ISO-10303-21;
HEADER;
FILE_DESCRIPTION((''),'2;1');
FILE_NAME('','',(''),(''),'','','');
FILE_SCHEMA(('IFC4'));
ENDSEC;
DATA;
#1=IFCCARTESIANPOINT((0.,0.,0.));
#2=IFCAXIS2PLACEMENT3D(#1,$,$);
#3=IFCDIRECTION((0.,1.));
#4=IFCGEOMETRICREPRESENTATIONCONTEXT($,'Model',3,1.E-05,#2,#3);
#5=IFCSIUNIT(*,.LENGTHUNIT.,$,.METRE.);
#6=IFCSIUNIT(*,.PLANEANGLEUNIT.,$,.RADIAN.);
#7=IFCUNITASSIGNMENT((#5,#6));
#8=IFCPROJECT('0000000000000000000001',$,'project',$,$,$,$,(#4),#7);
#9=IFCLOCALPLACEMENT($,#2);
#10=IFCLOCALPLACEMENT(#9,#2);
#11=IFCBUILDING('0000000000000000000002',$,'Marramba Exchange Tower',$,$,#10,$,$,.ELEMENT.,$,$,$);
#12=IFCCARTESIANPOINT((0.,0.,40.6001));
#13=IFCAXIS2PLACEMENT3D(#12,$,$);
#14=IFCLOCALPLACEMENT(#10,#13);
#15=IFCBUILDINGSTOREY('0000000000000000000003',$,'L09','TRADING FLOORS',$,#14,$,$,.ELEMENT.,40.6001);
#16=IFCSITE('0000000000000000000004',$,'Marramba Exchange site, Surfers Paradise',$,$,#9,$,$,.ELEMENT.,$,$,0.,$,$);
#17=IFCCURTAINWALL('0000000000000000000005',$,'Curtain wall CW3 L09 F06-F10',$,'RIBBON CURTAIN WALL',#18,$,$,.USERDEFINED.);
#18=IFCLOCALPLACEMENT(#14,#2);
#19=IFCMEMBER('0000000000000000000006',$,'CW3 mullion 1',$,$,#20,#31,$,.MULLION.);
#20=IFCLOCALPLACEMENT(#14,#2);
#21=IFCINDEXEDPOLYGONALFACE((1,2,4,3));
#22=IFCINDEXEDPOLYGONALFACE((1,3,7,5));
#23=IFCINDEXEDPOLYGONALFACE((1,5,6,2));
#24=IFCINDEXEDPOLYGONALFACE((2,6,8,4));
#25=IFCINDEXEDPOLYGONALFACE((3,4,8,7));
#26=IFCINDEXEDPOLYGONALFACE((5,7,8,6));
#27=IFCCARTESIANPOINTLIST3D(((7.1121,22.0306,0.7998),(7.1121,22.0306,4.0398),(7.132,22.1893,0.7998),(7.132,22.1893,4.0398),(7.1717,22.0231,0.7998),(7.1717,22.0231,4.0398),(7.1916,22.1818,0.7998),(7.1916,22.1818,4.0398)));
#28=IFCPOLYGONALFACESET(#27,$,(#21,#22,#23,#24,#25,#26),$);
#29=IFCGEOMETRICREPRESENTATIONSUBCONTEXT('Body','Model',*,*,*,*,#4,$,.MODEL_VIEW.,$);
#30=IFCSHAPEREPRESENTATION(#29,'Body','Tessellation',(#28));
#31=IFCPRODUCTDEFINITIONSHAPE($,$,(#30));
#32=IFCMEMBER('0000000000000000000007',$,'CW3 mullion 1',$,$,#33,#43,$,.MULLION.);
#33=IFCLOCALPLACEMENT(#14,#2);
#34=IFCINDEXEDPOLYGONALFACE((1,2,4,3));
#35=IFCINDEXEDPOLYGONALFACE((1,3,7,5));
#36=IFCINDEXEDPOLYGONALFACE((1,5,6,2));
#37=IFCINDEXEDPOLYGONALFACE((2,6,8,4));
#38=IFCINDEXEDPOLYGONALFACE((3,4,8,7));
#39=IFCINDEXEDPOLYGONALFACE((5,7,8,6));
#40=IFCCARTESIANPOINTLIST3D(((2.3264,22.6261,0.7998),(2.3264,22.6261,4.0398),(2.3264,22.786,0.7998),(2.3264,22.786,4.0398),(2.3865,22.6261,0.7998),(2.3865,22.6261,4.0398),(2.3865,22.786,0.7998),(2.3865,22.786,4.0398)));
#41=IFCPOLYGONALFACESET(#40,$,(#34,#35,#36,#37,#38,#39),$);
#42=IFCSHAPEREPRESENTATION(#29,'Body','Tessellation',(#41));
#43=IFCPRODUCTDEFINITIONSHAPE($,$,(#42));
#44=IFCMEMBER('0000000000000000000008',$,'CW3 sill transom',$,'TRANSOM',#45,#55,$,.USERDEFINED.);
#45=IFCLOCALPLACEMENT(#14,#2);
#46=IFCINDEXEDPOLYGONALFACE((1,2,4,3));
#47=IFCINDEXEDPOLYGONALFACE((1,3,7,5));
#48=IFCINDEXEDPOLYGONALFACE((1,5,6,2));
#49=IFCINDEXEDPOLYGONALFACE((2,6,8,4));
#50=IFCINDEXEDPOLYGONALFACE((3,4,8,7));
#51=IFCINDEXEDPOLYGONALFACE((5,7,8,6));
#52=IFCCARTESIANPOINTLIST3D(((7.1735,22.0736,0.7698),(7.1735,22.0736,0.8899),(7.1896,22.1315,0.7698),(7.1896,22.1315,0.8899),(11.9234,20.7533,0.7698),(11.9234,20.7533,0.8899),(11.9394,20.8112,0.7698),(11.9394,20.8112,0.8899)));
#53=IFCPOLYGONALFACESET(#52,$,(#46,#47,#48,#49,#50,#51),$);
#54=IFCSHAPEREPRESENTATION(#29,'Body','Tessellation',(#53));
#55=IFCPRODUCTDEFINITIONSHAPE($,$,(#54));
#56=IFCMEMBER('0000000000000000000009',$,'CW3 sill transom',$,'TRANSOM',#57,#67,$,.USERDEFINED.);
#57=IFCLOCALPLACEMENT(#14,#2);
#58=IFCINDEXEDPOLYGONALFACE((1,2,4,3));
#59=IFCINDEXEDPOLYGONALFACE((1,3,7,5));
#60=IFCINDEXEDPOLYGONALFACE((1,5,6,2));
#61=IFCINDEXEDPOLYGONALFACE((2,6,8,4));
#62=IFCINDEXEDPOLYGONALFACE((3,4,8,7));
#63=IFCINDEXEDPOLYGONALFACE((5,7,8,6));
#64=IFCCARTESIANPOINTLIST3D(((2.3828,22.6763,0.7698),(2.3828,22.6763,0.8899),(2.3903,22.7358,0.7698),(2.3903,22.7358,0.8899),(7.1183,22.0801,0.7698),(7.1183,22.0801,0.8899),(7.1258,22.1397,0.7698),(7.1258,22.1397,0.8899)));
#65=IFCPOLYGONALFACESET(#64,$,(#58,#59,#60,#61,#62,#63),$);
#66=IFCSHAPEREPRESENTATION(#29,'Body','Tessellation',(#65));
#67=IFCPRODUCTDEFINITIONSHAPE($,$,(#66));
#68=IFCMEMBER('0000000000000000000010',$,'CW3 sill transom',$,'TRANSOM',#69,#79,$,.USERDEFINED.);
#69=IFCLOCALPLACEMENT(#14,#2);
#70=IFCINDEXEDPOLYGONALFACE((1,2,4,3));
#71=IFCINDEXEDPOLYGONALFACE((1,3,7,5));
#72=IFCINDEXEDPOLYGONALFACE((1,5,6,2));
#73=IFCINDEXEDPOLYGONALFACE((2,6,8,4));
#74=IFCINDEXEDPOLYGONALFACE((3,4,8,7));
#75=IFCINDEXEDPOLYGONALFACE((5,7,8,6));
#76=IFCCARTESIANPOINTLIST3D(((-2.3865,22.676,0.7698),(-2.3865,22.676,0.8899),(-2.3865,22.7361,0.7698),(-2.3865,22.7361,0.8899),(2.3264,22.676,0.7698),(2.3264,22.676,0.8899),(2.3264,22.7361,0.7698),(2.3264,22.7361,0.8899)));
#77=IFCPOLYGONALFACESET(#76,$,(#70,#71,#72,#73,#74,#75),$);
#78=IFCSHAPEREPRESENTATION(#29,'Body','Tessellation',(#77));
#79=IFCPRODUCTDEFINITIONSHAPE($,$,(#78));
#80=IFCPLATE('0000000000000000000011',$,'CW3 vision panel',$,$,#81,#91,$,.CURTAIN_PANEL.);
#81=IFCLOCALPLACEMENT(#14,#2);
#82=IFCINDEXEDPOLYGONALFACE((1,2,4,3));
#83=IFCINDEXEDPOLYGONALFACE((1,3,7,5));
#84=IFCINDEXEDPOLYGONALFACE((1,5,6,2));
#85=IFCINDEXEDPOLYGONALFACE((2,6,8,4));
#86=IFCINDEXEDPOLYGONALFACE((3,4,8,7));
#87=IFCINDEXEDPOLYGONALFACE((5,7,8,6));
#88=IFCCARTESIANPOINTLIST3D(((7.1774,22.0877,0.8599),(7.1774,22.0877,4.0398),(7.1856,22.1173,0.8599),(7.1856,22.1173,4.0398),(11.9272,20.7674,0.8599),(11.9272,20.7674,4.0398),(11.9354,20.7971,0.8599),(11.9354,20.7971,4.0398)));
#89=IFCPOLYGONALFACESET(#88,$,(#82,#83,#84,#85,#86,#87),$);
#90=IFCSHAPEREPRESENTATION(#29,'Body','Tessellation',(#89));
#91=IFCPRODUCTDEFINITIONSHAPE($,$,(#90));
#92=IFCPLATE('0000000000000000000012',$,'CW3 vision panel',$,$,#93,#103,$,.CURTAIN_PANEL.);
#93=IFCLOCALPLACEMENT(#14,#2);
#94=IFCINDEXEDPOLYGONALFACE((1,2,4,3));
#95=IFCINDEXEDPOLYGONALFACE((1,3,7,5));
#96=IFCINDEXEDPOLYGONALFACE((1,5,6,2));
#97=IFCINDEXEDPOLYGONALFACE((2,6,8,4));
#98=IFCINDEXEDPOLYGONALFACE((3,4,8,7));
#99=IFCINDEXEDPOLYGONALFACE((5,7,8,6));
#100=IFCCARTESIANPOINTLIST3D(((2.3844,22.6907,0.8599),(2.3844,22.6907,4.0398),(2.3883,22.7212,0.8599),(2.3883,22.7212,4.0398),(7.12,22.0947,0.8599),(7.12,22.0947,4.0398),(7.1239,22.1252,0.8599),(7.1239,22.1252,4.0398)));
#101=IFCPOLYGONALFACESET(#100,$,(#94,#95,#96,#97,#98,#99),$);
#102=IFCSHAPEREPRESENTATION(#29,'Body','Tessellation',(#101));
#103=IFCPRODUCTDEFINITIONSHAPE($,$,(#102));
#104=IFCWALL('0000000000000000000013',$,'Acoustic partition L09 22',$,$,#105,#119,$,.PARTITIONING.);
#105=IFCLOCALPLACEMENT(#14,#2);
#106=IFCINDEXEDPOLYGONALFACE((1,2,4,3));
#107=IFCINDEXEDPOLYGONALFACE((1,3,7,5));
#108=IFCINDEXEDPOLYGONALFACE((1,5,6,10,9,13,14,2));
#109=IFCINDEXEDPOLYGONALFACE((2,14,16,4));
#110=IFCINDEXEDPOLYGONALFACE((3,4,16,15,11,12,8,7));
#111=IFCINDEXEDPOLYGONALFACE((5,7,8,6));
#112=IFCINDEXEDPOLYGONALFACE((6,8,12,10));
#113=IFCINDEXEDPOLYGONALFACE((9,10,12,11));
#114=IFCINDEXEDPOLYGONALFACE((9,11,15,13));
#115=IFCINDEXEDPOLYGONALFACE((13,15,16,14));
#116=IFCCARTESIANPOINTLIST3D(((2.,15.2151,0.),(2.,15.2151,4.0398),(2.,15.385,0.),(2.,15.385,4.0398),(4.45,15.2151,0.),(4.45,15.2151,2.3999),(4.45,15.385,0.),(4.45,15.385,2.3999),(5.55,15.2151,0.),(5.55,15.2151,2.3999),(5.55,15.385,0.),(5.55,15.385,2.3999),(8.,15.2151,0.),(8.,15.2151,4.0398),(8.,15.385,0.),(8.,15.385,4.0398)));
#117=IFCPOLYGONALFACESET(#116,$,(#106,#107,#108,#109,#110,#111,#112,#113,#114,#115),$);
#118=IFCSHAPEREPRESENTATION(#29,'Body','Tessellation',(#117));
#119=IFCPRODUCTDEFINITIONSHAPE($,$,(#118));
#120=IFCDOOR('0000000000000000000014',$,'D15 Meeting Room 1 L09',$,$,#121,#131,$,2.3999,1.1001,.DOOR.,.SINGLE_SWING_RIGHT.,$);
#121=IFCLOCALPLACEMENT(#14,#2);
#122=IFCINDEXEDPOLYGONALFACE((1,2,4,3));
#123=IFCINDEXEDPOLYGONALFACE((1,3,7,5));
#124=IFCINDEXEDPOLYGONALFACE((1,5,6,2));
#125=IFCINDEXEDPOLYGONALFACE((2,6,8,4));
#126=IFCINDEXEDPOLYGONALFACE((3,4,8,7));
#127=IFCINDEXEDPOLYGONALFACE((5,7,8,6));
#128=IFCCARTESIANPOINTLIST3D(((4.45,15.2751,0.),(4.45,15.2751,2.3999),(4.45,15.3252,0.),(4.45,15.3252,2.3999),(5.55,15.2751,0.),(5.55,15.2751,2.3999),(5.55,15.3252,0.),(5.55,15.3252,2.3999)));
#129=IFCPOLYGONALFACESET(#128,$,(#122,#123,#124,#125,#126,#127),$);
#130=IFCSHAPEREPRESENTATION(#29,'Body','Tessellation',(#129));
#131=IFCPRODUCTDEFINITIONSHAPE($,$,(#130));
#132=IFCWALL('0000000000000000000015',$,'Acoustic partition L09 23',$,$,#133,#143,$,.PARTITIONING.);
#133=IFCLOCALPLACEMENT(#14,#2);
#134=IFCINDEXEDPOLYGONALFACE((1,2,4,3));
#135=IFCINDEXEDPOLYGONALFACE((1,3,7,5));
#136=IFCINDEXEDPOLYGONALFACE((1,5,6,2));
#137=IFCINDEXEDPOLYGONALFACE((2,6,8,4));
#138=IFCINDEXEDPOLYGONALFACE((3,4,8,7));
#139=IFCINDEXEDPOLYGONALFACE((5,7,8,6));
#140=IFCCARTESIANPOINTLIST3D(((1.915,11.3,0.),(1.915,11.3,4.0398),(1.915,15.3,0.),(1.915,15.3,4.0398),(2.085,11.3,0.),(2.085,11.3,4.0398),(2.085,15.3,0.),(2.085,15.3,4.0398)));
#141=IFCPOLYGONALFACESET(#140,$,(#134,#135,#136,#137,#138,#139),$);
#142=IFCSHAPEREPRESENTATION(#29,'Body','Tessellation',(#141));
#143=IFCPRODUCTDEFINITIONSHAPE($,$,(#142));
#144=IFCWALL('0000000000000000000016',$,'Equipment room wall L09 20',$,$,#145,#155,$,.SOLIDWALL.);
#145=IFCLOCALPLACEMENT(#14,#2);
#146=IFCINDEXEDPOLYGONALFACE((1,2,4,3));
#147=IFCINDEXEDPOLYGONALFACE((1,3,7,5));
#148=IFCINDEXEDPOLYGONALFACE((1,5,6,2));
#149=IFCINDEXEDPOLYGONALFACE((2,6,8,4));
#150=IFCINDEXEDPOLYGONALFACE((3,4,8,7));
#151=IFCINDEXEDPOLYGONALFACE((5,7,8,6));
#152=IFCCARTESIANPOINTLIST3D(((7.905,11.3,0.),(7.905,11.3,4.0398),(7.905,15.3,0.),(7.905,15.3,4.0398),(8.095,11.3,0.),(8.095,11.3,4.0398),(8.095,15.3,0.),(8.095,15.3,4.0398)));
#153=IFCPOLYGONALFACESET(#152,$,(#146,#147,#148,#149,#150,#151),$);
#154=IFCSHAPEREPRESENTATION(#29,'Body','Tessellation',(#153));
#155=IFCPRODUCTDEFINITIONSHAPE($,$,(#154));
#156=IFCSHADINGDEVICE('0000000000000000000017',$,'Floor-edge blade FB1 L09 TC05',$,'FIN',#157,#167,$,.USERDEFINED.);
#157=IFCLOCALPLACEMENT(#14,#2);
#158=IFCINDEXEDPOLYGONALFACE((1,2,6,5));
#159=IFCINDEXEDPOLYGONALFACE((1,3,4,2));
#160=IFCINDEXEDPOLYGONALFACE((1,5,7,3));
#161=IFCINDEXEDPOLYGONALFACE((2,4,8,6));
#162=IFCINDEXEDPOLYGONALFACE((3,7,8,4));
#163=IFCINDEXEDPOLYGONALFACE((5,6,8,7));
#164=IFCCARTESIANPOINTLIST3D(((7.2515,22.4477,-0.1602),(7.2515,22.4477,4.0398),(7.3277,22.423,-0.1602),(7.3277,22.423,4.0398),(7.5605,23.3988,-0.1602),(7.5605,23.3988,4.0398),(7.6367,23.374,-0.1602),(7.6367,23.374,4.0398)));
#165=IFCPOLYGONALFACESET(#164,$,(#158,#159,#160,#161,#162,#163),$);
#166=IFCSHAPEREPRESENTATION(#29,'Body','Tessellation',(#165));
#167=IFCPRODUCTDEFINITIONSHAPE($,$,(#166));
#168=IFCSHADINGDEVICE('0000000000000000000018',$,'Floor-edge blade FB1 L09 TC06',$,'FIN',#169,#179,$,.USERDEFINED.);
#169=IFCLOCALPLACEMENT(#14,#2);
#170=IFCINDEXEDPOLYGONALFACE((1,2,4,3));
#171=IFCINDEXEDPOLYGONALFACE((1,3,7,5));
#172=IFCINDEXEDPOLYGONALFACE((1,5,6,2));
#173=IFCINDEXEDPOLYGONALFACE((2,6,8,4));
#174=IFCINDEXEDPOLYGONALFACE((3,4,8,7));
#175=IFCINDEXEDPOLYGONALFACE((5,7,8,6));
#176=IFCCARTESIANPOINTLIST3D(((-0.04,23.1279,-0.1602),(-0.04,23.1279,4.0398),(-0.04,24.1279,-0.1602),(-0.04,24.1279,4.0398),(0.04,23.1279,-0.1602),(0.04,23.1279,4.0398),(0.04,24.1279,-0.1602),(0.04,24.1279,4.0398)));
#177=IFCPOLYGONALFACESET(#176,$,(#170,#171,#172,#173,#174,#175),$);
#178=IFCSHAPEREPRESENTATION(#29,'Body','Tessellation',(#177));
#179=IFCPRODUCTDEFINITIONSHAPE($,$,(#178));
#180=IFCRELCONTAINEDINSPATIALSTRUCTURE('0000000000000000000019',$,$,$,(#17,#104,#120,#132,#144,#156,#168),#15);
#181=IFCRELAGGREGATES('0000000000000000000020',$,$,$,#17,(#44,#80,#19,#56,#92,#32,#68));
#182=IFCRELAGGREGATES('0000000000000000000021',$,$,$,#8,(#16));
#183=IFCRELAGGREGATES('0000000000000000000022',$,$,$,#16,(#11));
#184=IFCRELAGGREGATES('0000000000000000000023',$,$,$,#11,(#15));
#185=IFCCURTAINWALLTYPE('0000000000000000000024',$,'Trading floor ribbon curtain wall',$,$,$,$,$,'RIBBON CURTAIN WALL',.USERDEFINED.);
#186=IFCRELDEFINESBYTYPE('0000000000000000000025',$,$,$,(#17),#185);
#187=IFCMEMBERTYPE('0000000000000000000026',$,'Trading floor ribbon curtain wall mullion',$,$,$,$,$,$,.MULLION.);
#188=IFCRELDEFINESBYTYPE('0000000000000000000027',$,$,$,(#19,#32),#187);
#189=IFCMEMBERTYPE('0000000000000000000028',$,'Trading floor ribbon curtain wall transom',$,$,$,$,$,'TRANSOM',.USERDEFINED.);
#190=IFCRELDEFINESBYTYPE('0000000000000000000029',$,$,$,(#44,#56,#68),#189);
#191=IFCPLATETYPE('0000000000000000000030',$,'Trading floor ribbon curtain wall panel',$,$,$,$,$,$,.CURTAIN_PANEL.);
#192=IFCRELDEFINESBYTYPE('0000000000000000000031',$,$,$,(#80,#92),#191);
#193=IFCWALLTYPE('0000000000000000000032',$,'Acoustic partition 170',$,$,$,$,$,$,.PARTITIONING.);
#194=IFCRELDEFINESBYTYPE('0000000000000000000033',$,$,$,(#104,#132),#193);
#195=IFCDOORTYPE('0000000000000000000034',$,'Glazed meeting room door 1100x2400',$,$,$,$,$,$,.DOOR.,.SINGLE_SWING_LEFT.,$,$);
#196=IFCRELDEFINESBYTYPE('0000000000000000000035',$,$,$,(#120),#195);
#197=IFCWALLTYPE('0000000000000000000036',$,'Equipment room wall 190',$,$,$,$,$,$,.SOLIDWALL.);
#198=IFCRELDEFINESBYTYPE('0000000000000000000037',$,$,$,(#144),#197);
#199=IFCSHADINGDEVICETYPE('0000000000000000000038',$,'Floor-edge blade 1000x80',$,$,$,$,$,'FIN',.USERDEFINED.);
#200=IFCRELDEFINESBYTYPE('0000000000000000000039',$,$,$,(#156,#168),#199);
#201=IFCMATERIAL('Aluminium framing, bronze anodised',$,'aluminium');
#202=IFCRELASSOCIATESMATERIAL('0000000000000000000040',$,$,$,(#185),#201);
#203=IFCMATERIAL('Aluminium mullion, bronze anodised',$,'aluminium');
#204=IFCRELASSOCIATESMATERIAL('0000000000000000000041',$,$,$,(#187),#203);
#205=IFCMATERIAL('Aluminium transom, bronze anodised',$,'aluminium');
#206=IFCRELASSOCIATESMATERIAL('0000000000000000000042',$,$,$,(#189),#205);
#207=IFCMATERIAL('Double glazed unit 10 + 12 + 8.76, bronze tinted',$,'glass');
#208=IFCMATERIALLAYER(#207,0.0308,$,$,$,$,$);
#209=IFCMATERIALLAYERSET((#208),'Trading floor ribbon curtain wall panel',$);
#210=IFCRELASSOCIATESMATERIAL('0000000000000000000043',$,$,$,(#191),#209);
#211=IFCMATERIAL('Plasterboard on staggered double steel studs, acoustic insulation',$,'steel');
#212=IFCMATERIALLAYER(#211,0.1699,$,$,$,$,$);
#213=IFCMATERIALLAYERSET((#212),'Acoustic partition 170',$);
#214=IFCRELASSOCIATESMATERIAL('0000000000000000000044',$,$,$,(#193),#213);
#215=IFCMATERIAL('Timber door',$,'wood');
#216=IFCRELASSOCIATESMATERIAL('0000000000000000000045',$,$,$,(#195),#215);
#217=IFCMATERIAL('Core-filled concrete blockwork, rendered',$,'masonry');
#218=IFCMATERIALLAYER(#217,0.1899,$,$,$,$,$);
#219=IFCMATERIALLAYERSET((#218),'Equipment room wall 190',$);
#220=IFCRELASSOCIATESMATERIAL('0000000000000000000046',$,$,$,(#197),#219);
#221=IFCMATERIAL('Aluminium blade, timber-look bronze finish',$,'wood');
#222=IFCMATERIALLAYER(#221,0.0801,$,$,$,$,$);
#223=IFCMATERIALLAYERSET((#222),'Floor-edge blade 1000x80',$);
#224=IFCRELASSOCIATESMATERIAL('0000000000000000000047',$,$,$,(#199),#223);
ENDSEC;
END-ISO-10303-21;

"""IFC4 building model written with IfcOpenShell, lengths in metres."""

from ifc_helpers import new_model, si_unit, direction, frame, frame_2d, origin, origin_2d, place, context, subcontext, project, spatial, rectangle, extrude, material, layer, layer_set, material_profile, profile_set, type_object, element, fill, aggregate, save


model = new_model("IFC4")

# Units and contexts
model_context = context("Model", 3, precision=1e-05, world=origin(), true_north=direction((0.0, 1.0)))
body_context = subcontext(model_context, "Body", "Model", "MODEL_VIEW")
ifc_project = project(units=[si_unit("LENGTHUNIT", "METRE"), si_unit("PLANEANGLEUNIT", "RADIAN")], contexts=[model_context])

# Site, building, storey
site_placement = place(None, origin())
site = spatial("IfcSite", under=ifc_project, at=site_placement, Name="Marramba Exchange site, Surfers Paradise", CompositionType="ELEMENT", RefElevation=0.0)
building_placement = place(site_placement, origin())
building = spatial("IfcBuilding", under=site, at=building_placement, Name="Marramba Exchange Tower", CompositionType="ELEMENT")
storey_placement = place(building_placement, frame((0.0, 0.0, 40.6001)))
storey = spatial("IfcBuildingStorey", under=building, at=storey_placement, Name="L09", Description="TRADING FLOORS", CompositionType="ELEMENT", Elevation=40.6001)

# Curtain wall, members, plates
ifc_material_1 = material(Name="Aluminium framing, bronze anodised", Category="aluminium")
curtain_wall_type = type_object("IfcCurtainWallType", Name="Trading floor ribbon curtain wall", ElementType="RIBBON CURTAIN WALL", PredefinedType="USERDEFINED", material=ifc_material_1)
curtain_wall_placement = place(storey_placement, origin())
curtain_wall = element("IfcCurtainWall", 1, at=curtain_wall_placement, inside=storey, type_object=curtain_wall_type, Name="Curtain wall CW3 L09 F06-F10", ObjectType="RIBBON CURTAIN WALL", PredefinedType="USERDEFINED")
ifc_material_2 = material(Name="Aluminium mullion, bronze anodised", Category="aluminium")
ifc_material_profile_1 = material_profile(ifc_material_2, rectangle(XDim=0.1599, YDim=0.0601, at=origin_2d()), Name="CW3 mullion 60x160")
ifc_profile_set_1 = profile_set([ifc_material_profile_1], Name="Aluminium mullion, bronze anodised")
member_type_1 = type_object("IfcMemberType", Name="Trading floor ribbon curtain wall mullion", PredefinedType="MULLION", material=ifc_profile_set_1)
member_1_placement = place(storey_placement, frame((7.1519, 22.1062, 0.7998), z_axis=(0.0, 0.0, 1.0), x_axis=(-0.124873, -0.992173, 0.0)))
member_1 = element("IfcMember", 2, at=member_1_placement, type_object=member_type_1, Name="CW3 mullion 1", PredefinedType="MULLION", context=body_context, shape_type="SweptSolid", body=[
    extrude(rectangle(XDim=0.1599, YDim=0.0601, at=origin_2d()), origin(), (0.0, 0.0, 1.0), 3.24),
])
member_2_placement = place(storey_placement, frame((2.3564, 22.7061, 0.7998), z_axis=(0.0, 0.0, 1.0), x_axis=(0.0, -1.0, 0.0)))
member_2 = element("IfcMember", 3, at=member_2_placement, type_object=member_type_1, Name="CW3 mullion 1", PredefinedType="MULLION", context=body_context, shape_type="SweptSolid", body=[
    extrude(rectangle(XDim=0.1599, YDim=0.0601, at=origin_2d()), origin(), (0.0, 0.0, 1.0), 3.24),
])
ifc_material_3 = material(Name="Aluminium transom, bronze anodised", Category="aluminium")
ifc_material_profile_2 = material_profile(ifc_material_3, rectangle(XDim=0.0601, YDim=0.1201, at=origin_2d()), Name="CW3 transom 60x120")
ifc_profile_set_2 = profile_set([ifc_material_profile_2], Name="Aluminium transom, bronze anodised")
member_type_2 = type_object("IfcMemberType", Name="Trading floor ribbon curtain wall transom", ElementType="TRANSOM", PredefinedType="USERDEFINED", material=ifc_profile_set_2)
member_3_placement = place(storey_placement, frame((11.9314, 20.7822, 0.8298), z_axis=(-0.963469, 0.26782, 0.0), x_axis=(-0.26782, -0.963469, 0.0)))
member_3 = element("IfcMember", 4, at=member_3_placement, type_object=member_type_2, Name="CW3 sill transom", ObjectType="TRANSOM", PredefinedType="USERDEFINED", context=body_context, shape_type="SweptSolid", body=[
    extrude(rectangle(XDim=0.0601, YDim=0.1201, at=origin_2d()), origin(), (0.0, 0.0, 1.0), 4.9299),
])
member_4_placement = place(storey_placement, frame((7.1221, 22.1099, 0.8298), z_axis=(-0.992168, 0.12491, 0.0), x_axis=(-0.12491, -0.992168, 0.0)))
member_4 = element("IfcMember", 5, at=member_4_placement, type_object=member_type_2, Name="CW3 sill transom", ObjectType="TRANSOM", PredefinedType="USERDEFINED", context=body_context, shape_type="SweptSolid", body=[
    extrude(rectangle(XDim=0.0601, YDim=0.1201, at=origin_2d()), origin(), (0.0, 0.0, 1.0), 4.7729),
])
member_5_placement = place(storey_placement, frame((2.3264, 22.7061, 0.8298), z_axis=(-1.0, 0.0, 0.0), x_axis=(0.0, -1.0, 0.0)))
member_5 = element("IfcMember", 6, at=member_5_placement, type_object=member_type_2, Name="CW3 sill transom", ObjectType="TRANSOM", PredefinedType="USERDEFINED", context=body_context, shape_type="SweptSolid", body=[
    extrude(rectangle(XDim=0.0601, YDim=0.1201, at=origin_2d()), origin(), (0.0, 0.0, 1.0), 4.7129),
])
ifc_material_4 = material(Name="Double glazed unit 10 + 12 + 8.76, bronze tinted", Category="glass")
ifc_layer_1 = layer(ifc_material_4, 0.0308)
ifc_layer_set_1 = layer_set([ifc_layer_1], Name="Trading floor ribbon curtain wall panel")
plate_type = type_object("IfcPlateType", Name="Trading floor ribbon curtain wall panel", PredefinedType="CURTAIN_PANEL", material=ifc_layer_set_1)
plate_1_placement = place(storey_placement, frame((9.5564, 21.4424, 0.8599), z_axis=(0.0, 0.0, 1.0), x_axis=(-0.963472, 0.267809, 0.0)))
plate_1 = element("IfcPlate", 7, at=plate_1_placement, type_object=plate_type, Name="CW3 vision panel", PredefinedType="CURTAIN_PANEL", context=body_context, shape_type="SweptSolid", body=[
    extrude(rectangle(XDim=4.9299, YDim=0.0308, at=origin_2d()), origin(), (0.0, 0.0, 1.0), 3.1799),
])
plate_2_placement = place(storey_placement, frame((4.7542, 22.408, 0.8599), z_axis=(0.0, 0.0, 1.0), x_axis=(-0.992173, 0.124873, 0.0)))
plate_2 = element("IfcPlate", 8, at=plate_2_placement, type_object=plate_type, Name="CW3 vision panel", PredefinedType="CURTAIN_PANEL", context=body_context, shape_type="SweptSolid", body=[
    extrude(rectangle(XDim=4.7729, YDim=0.0308, at=origin_2d()), origin(), (0.0, 0.0, 1.0), 3.1799),
])
aggregate(curtain_wall, [member_3, plate_1, member_1, member_4, plate_2, member_2, member_5])

# Wall, opening, door
ifc_material_5 = material(Name="Plasterboard on staggered double steel studs, acoustic insulation", Category="steel")
ifc_layer_2 = layer(ifc_material_5, 0.1699)
ifc_layer_set_2 = layer_set([ifc_layer_2], Name="Acoustic partition 170")
wall_type_1 = type_object("IfcWallType", Name="Acoustic partition 170", PredefinedType="PARTITIONING", material=ifc_layer_set_2)
wall_1_placement = place(storey_placement, frame((8.0, 15.3, 0.0), z_axis=(0.0, 0.0, 1.0), x_axis=(-1.0, 0.0, 0.0)))
wall_1 = element("IfcWall", 9, at=wall_1_placement, inside=storey, type_object=wall_type_1, Name="Acoustic partition L09 22", PredefinedType="PARTITIONING", context=body_context, shape_type="SweptSolid", body=[
    extrude(rectangle(XDim=6.0, YDim=0.1699, at=frame_2d((3.0, 0.0))), origin(), (0.0, 0.0, 1.0), 4.0398),
])
opening_placement = place(wall_1_placement, frame((2.45, 0.0, 0.0)))
opening = element("IfcOpeningElement", 10, at=opening_placement, cuts=wall_1, PredefinedType="OPENING", context=body_context, shape_type="SweptSolid", body=[
    extrude(rectangle(XDim=1.1001, YDim=2.3999, at=frame_2d((0.55, 1.2))), frame((0.0, 0.095, 0.0), z_axis=(0.0, -1.0, 0.0), x_axis=(1.0, 0.0, 0.0)), (0.0, 0.0, 1.0), 0.1899),
])
ifc_material_6 = material(Name="Timber door", Category="wood")
door_type = type_object("IfcDoorType", Name="Glazed meeting room door 1100x2400", OperationType="SINGLE_SWING_LEFT", PredefinedType="DOOR", material=ifc_material_6)
door_placement = place(opening_placement, origin())
door = element("IfcDoor", 11, at=door_placement, inside=storey, type_object=door_type, Name="D15 Meeting Room 1 L09", OperationType="SINGLE_SWING_RIGHT", OverallHeight=2.3999, OverallWidth=1.1001, PredefinedType="DOOR", context=body_context, shape_type="SweptSolid", body=[
    extrude(rectangle(XDim=1.1001, YDim=2.3999, at=frame_2d((0.55, 1.2))), frame((0.0, 0.0249, 0.0), z_axis=(0.0, -1.0, 0.0), x_axis=(1.0, 0.0, 0.0)), (0.0, 0.0, 1.0), 0.05),
])
fill(opening, door)

# Walls
wall_2_placement = place(storey_placement, frame((2.0, 15.3, 0.0), z_axis=(0.0, 0.0, 1.0), x_axis=(0.0, -1.0, 0.0)))
element("IfcWall", 12, at=wall_2_placement, inside=storey, type_object=wall_type_1, Name="Acoustic partition L09 23", PredefinedType="PARTITIONING", context=body_context, shape_type="SweptSolid", body=[
    extrude(rectangle(XDim=4.0, YDim=0.1699, at=frame_2d((2.0, 0.0))), origin(), (0.0, 0.0, 1.0), 4.0398),
])
ifc_material_7 = material(Name="Core-filled concrete blockwork, rendered", Category="masonry")
ifc_layer_3 = layer(ifc_material_7, 0.1899)
ifc_layer_set_3 = layer_set([ifc_layer_3], Name="Equipment room wall 190")
wall_type_2 = type_object("IfcWallType", Name="Equipment room wall 190", PredefinedType="SOLIDWALL", material=ifc_layer_set_3)
wall_3_placement = place(storey_placement, frame((8.0, 15.3, 0.0), z_axis=(0.0, 0.0, 1.0), x_axis=(0.0, -1.0, 0.0)))
element("IfcWall", 13, at=wall_3_placement, inside=storey, type_object=wall_type_2, Name="Equipment room wall L09 20", PredefinedType="SOLIDWALL", context=body_context, shape_type="SweptSolid", body=[
    extrude(rectangle(XDim=4.0, YDim=0.1899, at=frame_2d((2.0, 0.0))), origin(), (0.0, 0.0, 1.0), 4.0398),
])

# Shading devices
ifc_material_8 = material(Name="Aluminium blade, timber-look bronze finish", Category="wood")
ifc_layer_4 = layer(ifc_material_8, 0.0801)
ifc_layer_set_4 = layer_set([ifc_layer_4], Name="Floor-edge blade 1000x80")
shading_device_type_1 = type_object("IfcShadingDeviceType", Name="Floor-edge blade 1000x80", ElementType="FIN", PredefinedType="USERDEFINED", material=ifc_layer_set_4)
for number, where, z_axis, x_axis, name in (
    (14, (7.4441, 22.9109, -0.1602), (0.0, 0.0, 1.0), (0.309017, 0.951057, 0.0), "Floor-edge blade FB1 L09 TC05"),
    (15, (0.0, 23.6279, -0.1602), (0.0, 0.0, 1.0), (0.0, 1.0, 0.0), "Floor-edge blade FB1 L09 TC06"),
):
    element("IfcShadingDevice", number, at=place(storey_placement, frame(where, z_axis=z_axis, x_axis=x_axis)), inside=storey, type_object=shading_device_type_1, Name=name, ObjectType="FIN", PredefinedType="USERDEFINED", context=body_context, shape_type="SweptSolid", body=[
        extrude(rectangle(XDim=1.0, YDim=0.0801, at=origin_2d()), origin(), (0.0, 0.0, 1.0), 4.2),
    ])

save(model, "model.ifc")
